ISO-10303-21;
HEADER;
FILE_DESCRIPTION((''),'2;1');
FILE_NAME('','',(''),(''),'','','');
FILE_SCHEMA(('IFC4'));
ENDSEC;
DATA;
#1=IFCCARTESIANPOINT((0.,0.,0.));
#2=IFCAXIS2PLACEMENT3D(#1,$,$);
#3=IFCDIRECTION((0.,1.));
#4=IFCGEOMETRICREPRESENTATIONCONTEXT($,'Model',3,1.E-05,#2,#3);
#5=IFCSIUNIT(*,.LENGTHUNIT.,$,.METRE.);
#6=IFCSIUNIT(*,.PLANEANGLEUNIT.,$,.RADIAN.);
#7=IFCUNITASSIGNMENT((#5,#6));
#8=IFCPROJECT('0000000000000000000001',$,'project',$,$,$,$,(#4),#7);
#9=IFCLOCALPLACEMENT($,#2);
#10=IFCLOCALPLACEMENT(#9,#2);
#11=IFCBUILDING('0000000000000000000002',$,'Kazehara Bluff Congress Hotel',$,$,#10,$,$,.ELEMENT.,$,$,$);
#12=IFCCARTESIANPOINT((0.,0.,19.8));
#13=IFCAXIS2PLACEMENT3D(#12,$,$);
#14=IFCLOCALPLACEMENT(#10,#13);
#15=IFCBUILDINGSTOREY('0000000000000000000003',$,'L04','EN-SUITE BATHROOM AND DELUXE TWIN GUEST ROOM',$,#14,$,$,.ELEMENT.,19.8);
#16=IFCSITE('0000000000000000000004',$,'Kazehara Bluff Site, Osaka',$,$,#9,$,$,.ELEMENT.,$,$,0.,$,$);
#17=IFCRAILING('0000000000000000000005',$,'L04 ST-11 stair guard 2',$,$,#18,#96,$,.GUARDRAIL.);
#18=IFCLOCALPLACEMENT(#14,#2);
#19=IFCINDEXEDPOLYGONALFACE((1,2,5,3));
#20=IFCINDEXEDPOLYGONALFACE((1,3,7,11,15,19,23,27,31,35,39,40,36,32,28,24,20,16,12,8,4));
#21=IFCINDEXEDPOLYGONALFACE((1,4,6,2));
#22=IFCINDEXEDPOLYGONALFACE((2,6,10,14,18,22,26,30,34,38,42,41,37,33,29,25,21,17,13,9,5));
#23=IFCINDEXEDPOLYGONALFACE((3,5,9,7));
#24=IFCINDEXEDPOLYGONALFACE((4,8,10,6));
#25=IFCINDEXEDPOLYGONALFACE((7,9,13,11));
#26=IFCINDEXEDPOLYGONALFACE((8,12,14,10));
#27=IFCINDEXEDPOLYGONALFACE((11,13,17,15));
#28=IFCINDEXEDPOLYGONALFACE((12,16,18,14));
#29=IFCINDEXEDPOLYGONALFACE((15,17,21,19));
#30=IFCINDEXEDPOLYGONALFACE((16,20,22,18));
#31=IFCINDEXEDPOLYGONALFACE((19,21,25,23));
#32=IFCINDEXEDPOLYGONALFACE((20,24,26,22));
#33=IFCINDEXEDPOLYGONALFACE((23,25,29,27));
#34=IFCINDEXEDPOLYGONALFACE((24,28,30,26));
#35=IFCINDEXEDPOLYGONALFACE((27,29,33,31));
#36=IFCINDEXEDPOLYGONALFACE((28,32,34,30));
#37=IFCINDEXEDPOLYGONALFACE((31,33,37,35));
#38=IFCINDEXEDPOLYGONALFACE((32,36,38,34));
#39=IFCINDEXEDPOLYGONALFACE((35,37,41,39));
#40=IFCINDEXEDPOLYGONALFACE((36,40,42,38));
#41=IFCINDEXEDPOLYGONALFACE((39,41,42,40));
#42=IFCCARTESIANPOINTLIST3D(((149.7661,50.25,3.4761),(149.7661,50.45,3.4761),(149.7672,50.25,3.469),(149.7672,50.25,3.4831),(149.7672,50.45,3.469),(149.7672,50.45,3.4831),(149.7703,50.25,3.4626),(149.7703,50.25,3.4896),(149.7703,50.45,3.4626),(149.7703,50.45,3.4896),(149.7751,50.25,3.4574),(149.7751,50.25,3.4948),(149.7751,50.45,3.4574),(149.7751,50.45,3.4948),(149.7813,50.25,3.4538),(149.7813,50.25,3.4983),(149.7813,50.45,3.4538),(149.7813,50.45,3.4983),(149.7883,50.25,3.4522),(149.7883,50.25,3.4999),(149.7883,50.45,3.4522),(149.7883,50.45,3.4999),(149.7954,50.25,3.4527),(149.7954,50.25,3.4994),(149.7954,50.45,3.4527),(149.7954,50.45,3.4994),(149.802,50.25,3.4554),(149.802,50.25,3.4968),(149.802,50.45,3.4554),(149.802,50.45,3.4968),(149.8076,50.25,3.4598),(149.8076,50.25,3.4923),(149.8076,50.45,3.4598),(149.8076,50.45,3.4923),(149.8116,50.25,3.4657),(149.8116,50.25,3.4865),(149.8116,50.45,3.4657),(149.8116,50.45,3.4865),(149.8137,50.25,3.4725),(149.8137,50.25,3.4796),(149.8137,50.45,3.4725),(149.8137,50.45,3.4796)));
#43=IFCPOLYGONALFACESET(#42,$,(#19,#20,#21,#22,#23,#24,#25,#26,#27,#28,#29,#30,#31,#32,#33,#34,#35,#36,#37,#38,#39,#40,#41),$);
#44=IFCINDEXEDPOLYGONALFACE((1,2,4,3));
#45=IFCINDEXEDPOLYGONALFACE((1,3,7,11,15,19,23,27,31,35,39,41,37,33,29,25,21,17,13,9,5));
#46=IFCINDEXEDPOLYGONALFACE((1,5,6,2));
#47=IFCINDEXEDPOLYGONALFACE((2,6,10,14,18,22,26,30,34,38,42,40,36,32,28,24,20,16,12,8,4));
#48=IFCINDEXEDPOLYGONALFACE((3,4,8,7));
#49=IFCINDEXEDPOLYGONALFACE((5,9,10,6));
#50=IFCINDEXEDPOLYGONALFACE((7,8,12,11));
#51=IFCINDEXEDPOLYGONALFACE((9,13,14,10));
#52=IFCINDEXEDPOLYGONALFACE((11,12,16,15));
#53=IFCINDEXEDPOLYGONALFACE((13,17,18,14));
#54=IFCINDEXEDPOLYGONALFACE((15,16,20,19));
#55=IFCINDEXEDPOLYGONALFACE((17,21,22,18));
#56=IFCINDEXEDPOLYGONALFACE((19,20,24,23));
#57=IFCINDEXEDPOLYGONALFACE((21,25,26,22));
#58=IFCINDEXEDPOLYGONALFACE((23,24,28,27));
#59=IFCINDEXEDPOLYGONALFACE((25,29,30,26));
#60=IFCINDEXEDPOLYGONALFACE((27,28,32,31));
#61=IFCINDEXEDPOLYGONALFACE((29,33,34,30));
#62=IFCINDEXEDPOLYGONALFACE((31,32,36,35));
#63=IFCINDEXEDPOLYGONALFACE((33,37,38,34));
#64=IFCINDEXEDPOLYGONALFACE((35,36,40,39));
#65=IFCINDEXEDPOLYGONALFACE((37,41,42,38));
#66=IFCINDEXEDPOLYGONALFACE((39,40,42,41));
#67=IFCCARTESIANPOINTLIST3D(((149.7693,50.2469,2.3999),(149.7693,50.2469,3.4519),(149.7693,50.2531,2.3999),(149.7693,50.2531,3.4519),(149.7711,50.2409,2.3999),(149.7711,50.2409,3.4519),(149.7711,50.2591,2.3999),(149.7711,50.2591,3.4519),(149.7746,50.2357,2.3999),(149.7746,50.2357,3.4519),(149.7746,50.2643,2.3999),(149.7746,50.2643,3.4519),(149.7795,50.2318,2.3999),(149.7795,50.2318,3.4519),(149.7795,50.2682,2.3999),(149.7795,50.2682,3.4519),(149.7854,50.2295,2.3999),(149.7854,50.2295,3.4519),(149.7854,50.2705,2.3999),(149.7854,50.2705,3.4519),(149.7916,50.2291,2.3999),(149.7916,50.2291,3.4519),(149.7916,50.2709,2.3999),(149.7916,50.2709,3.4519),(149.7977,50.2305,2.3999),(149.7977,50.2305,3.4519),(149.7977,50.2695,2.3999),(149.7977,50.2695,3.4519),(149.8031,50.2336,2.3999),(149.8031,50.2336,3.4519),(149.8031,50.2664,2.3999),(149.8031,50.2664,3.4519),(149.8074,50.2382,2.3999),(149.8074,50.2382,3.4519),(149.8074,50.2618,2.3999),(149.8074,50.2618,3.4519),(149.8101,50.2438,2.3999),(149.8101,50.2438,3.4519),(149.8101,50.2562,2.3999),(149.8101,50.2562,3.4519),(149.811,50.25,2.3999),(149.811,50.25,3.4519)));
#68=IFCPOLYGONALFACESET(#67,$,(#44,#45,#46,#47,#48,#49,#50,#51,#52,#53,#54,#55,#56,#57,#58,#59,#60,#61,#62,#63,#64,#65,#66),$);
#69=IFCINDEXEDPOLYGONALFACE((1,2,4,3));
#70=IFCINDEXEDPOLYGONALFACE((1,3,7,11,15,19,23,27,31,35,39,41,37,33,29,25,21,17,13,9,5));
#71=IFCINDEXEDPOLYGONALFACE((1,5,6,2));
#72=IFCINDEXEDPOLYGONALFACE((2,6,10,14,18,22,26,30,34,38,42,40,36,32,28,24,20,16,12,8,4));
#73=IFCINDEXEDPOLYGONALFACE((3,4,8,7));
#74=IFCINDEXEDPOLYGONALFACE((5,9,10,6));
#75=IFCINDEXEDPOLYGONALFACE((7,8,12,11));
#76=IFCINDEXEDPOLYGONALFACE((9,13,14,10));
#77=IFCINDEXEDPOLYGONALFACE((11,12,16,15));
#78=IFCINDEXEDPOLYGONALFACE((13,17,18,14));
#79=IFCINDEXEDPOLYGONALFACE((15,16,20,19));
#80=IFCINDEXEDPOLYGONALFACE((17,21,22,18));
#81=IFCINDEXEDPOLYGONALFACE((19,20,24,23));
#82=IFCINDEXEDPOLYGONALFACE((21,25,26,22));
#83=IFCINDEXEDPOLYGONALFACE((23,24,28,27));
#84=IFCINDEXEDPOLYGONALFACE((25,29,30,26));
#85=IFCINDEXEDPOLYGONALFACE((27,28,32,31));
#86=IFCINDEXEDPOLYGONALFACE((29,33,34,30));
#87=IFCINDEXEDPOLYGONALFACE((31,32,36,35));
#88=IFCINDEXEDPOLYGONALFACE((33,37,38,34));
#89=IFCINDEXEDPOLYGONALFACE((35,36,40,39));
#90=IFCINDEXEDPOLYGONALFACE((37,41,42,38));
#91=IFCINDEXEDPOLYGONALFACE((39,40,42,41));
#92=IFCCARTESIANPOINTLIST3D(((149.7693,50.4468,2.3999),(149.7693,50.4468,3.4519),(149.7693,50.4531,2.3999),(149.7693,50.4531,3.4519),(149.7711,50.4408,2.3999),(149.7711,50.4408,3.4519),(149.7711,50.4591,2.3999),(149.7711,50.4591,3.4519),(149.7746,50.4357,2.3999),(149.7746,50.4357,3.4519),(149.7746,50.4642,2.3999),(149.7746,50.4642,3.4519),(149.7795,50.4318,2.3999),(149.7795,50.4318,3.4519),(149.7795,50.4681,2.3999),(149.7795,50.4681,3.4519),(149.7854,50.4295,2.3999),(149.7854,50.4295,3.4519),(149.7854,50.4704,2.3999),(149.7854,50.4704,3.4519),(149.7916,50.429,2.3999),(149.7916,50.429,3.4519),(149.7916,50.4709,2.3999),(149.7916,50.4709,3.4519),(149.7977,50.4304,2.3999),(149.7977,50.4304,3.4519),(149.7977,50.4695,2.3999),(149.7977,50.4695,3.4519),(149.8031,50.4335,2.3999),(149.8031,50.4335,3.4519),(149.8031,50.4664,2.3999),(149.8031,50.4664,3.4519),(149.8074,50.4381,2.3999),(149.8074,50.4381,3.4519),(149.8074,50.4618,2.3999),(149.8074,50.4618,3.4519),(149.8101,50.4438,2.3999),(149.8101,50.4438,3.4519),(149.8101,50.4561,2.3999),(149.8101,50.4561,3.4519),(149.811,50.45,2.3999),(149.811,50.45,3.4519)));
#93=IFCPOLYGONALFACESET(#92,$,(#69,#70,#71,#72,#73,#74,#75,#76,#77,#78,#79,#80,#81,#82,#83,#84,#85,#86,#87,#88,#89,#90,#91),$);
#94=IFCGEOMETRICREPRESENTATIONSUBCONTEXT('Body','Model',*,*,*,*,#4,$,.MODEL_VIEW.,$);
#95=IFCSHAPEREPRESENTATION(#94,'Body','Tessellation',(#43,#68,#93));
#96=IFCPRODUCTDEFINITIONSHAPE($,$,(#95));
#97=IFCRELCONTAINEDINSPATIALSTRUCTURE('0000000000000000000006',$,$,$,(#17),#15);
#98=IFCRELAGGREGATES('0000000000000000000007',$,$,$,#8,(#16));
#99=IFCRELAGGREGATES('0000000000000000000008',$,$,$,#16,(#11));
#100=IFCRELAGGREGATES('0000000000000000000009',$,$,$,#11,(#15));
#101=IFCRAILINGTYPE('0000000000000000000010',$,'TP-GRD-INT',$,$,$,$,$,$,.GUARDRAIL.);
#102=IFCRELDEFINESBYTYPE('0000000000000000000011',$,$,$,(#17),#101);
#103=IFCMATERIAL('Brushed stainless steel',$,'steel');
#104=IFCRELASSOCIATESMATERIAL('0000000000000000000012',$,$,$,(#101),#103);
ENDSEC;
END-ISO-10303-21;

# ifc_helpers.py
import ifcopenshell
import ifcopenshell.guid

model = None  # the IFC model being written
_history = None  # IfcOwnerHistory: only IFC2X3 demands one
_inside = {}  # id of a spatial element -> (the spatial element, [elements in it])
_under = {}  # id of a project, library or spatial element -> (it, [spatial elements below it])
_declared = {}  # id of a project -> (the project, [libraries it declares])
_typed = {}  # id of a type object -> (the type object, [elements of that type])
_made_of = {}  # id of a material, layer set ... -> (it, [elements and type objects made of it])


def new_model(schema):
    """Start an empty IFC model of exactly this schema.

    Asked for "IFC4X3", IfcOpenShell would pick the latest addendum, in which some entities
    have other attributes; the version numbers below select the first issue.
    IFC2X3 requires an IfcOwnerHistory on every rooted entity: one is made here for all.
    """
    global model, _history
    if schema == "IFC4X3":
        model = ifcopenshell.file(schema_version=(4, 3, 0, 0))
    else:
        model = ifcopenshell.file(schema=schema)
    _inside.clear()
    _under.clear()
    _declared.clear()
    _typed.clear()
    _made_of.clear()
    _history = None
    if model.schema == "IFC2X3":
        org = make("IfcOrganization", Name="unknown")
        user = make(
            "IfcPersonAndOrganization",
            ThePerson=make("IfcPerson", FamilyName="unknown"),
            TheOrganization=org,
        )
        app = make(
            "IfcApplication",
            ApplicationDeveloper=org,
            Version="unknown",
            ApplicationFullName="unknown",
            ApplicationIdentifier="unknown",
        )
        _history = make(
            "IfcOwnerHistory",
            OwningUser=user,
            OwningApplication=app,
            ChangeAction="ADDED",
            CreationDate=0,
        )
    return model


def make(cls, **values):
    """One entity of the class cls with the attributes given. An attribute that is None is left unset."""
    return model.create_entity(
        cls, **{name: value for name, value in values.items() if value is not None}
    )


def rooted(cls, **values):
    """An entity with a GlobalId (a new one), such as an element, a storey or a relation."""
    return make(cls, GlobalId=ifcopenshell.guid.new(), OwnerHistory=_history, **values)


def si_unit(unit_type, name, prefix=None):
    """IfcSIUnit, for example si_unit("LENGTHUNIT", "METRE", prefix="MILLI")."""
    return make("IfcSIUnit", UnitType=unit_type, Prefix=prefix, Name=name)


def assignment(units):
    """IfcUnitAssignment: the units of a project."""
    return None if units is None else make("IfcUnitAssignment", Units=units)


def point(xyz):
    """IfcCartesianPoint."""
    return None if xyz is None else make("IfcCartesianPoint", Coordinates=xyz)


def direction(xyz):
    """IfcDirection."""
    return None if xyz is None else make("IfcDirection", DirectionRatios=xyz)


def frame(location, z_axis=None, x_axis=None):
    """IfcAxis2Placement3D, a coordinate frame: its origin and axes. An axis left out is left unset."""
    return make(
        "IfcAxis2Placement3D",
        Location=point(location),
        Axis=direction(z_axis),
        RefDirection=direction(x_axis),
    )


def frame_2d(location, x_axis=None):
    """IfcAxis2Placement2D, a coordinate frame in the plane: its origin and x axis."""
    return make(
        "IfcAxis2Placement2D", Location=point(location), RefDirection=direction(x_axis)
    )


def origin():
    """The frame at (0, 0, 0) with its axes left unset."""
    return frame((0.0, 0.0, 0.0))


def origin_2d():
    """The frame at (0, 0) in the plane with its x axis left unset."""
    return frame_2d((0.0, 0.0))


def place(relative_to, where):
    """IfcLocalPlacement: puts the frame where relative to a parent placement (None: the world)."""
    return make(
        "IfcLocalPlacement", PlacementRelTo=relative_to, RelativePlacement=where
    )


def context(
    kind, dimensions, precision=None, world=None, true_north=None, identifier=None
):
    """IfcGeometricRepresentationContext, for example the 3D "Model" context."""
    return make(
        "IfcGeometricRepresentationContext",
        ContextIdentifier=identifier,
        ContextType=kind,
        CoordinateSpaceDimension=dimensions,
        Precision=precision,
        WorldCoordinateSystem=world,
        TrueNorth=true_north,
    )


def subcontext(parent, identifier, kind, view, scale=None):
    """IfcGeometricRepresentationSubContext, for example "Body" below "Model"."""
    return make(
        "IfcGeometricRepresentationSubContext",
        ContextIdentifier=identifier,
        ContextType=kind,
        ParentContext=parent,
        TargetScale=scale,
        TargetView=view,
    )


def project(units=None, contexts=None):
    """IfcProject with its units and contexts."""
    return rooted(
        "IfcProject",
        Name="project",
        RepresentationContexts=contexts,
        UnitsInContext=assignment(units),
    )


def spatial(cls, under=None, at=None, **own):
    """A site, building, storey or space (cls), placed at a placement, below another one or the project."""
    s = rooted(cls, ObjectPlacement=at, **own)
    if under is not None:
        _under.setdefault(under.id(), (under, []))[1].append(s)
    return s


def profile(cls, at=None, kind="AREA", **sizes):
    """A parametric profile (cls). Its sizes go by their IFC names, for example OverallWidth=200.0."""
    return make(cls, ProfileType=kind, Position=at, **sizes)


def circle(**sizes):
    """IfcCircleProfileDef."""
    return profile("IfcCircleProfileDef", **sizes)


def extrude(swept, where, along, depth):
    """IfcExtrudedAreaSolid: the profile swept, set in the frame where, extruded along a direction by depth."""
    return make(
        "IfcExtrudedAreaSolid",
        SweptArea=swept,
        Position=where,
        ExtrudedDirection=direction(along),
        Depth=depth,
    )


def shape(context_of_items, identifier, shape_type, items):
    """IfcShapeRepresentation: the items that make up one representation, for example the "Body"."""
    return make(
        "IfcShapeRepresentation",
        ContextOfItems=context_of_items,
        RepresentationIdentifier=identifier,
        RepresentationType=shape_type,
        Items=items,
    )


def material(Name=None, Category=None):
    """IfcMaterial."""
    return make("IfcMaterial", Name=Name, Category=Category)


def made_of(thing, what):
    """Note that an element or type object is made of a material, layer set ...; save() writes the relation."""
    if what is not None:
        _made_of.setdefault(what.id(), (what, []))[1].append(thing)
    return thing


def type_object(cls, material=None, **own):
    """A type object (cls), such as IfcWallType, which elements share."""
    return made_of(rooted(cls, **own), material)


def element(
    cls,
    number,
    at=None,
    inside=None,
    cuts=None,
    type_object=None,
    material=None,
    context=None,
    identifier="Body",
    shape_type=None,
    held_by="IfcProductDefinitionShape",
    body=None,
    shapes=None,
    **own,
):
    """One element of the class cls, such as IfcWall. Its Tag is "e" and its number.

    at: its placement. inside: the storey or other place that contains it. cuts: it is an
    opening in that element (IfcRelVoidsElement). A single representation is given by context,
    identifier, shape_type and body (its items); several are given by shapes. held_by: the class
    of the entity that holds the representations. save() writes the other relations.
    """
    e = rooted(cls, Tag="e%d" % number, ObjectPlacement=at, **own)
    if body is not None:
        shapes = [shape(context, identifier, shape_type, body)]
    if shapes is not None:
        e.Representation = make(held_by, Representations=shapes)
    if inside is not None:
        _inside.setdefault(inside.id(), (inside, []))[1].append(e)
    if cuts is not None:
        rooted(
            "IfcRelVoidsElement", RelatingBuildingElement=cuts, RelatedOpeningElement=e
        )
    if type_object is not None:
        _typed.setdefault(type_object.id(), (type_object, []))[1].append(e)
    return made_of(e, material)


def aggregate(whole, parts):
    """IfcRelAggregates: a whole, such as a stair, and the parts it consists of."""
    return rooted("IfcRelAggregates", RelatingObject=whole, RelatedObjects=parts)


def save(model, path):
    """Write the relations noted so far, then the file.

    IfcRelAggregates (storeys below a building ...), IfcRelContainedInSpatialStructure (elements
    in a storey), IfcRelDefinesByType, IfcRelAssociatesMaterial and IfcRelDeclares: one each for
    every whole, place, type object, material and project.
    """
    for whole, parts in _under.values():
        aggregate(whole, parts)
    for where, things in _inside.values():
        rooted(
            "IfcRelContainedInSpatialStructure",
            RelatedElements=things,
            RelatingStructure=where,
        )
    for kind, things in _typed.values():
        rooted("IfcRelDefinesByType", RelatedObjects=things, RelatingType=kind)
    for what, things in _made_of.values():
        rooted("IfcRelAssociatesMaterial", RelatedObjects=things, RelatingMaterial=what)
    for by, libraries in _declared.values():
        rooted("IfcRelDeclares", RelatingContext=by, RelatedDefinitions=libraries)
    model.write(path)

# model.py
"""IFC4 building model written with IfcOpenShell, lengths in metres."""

from ifc_helpers import new_model, si_unit, direction, frame, origin, origin_2d, place, context, subcontext, project, spatial, circle, extrude, material, type_object, element, save


model = new_model("IFC4")

# Units and contexts
model_context = context("Model", 3, precision=1e-05, world=origin(), true_north=direction((0.0, 1.0)))
body_context = subcontext(model_context, "Body", "Model", "MODEL_VIEW")
ifc_project = project(units=[si_unit("LENGTHUNIT", "METRE"), si_unit("PLANEANGLEUNIT", "RADIAN")], contexts=[model_context])

# Site, building, storey
site_placement = place(None, origin())
site = spatial("IfcSite", under=ifc_project, at=site_placement, Name="Kazehara Bluff Site, Osaka", CompositionType="ELEMENT", RefElevation=0.0)
building_placement = place(site_placement, origin())
building = spatial("IfcBuilding", under=site, at=building_placement, Name="Kazehara Bluff Congress Hotel", CompositionType="ELEMENT")
storey_placement = place(building_placement, frame((0.0, 0.0, 19.8)))
storey = spatial("IfcBuildingStorey", under=building, at=storey_placement, Name="L04", Description="EN-SUITE BATHROOM AND DELUXE TWIN GUEST ROOM", CompositionType="ELEMENT", Elevation=19.8)

# Railing
ifc_material_1 = material(Name="Brushed stainless steel", Category="steel")
railing_type_1 = type_object("IfcRailingType", Name="TP-GRD-INT", PredefinedType="GUARDRAIL", material=ifc_material_1)
railing_1_placement = place(storey_placement, frame((149.79, 50.25, 2.3999)))
element("IfcRailing", 1, at=railing_1_placement, inside=storey, type_object=railing_type_1, Name="L04 ST-11 stair guard 2", PredefinedType="GUARDRAIL", context=body_context, shape_type="SweptSolid", body=[
    extrude(circle(Radius=0.0239, at=origin_2d()), frame((0.0, 0.0, 1.0762), z_axis=(0.0, 1.0, 0.0), x_axis=(-1.0, 0.0, 0.0)), (0.0, 0.0, 1.0), 0.2),
    extrude(circle(Radius=0.021, at=origin_2d()), origin(), (0.0, 0.0, 1.0), 1.052),
    extrude(circle(Radius=0.021, at=origin_2d()), frame((0.0, 0.2, 0.0)), (0.0, 0.0, 1.0), 1.052),
])

save(model, "model.ifc")
